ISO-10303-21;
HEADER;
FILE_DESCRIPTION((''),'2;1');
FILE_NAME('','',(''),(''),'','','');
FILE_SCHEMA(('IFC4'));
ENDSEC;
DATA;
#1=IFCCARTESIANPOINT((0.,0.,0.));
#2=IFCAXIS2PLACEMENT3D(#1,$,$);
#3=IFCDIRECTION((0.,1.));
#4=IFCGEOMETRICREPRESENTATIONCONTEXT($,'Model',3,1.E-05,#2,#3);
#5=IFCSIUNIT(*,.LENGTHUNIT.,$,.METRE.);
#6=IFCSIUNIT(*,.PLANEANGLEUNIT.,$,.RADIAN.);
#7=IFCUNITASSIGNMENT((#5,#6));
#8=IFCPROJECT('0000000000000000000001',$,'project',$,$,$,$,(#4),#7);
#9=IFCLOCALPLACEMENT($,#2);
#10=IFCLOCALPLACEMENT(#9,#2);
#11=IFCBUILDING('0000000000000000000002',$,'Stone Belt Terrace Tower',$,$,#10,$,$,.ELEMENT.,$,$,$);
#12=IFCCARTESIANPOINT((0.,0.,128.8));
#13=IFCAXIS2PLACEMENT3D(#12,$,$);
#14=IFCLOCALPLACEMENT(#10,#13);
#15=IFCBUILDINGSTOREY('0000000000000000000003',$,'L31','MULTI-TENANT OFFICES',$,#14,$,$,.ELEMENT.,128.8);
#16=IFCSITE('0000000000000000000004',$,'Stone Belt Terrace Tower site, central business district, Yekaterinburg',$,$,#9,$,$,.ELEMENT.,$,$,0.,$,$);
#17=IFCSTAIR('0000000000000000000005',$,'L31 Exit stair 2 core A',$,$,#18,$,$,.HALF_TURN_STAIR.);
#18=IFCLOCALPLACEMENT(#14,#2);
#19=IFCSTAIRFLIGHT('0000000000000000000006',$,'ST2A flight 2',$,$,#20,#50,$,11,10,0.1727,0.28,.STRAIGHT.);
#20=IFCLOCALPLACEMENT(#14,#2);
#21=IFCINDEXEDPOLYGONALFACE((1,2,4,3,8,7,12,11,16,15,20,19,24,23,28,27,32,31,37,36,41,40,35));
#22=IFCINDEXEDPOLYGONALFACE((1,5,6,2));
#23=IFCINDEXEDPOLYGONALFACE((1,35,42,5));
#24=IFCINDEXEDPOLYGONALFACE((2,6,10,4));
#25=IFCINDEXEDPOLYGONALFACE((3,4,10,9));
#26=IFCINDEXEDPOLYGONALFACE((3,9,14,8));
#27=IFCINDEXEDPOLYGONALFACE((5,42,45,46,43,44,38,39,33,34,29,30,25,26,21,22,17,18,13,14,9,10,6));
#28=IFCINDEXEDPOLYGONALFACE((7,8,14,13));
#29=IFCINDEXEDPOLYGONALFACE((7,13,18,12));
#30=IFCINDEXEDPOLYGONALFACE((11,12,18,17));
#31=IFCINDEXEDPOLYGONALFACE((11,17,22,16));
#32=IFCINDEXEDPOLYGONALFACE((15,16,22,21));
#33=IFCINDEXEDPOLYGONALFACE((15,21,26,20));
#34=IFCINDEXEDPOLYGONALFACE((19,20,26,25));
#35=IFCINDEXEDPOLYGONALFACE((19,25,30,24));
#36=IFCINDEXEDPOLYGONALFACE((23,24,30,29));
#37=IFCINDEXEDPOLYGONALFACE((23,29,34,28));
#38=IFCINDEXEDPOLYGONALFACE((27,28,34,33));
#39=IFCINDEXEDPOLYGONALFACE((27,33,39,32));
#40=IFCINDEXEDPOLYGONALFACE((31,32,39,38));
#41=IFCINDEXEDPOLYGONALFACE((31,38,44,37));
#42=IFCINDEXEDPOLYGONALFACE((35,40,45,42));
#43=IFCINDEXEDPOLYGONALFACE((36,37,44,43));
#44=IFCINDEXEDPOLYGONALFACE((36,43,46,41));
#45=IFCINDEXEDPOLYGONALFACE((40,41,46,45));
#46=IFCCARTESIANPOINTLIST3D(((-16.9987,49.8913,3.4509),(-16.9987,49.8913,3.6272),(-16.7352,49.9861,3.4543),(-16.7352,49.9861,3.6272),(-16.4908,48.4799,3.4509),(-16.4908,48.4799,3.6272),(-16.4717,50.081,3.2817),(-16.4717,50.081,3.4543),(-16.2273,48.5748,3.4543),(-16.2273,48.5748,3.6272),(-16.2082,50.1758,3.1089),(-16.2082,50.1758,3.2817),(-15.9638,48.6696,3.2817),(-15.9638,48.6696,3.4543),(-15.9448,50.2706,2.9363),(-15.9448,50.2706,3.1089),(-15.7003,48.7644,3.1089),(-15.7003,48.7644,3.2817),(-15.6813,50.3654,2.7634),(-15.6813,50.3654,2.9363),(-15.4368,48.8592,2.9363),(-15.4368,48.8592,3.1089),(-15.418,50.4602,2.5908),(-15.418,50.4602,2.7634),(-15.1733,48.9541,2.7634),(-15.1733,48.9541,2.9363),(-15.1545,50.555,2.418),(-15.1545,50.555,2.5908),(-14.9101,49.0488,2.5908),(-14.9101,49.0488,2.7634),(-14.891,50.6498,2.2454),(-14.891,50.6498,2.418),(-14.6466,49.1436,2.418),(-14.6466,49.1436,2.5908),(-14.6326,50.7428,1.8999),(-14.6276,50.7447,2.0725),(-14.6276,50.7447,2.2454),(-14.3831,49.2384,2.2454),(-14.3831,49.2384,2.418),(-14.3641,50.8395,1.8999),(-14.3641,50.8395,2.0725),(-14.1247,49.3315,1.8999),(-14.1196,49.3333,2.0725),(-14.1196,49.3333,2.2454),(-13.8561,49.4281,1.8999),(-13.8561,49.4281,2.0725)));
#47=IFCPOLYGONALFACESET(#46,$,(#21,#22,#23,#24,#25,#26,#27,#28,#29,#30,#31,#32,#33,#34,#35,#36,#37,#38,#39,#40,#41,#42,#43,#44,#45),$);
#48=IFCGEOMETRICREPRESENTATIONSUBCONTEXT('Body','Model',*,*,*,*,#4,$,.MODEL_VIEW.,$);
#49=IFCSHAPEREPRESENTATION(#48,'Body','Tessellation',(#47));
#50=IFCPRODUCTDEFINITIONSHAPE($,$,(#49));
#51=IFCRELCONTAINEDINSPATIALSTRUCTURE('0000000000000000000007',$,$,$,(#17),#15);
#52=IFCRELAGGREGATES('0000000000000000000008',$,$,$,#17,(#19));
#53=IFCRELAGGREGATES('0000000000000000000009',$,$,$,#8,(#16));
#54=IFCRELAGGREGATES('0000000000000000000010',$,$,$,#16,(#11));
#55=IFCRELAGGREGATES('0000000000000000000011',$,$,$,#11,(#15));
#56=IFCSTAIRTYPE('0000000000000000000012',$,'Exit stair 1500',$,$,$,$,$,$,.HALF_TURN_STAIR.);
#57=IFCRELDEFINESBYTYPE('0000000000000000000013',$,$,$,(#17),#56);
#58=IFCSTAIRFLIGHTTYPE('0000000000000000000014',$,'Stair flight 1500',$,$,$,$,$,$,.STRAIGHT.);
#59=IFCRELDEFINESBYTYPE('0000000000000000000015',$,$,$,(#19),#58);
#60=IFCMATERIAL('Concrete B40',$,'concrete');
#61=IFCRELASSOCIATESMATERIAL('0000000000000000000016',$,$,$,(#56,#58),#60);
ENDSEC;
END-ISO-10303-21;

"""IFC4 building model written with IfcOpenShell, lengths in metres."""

from ifc_helpers import new_model, si_unit, direction, frame, origin, place, context, subcontext, project, spatial, polyline, outline, extrude, material, type_object, element, aggregate, save


model = new_model("IFC4")

# Units and contexts
model_context = context("Model", 3, precision=1e-05, world=origin(), true_north=direction((0.0, 1.0)))
body_context = subcontext(model_context, "Body", "Model", "MODEL_VIEW")
ifc_project = project(units=[si_unit("LENGTHUNIT", "METRE"), si_unit("PLANEANGLEUNIT", "RADIAN")], contexts=[model_context])

# Site, building, storey
site_placement = place(None, origin())
site = spatial("IfcSite", under=ifc_project, at=site_placement, Name="Stone Belt Terrace Tower site, central business district, Yekaterinburg", CompositionType="ELEMENT", RefElevation=0.0)
building_placement = place(site_placement, origin())
building = spatial("IfcBuilding", under=site, at=building_placement, Name="Stone Belt Terrace Tower", CompositionType="ELEMENT")
storey_placement = place(building_placement, frame((0.0, 0.0, 128.8)))
storey = spatial("IfcBuildingStorey", under=building, at=storey_placement, Name="L31", Description="MULTI-TENANT OFFICES", CompositionType="ELEMENT", Elevation=128.8)

# Stair, stair flight
ifc_material_1 = material(Name="Concrete B40", Category="concrete")
stair_type = type_object("IfcStairType", Name="Exit stair 1500", PredefinedType="HALF_TURN_STAIR", material=ifc_material_1)
stair_placement = place(storey_placement, origin())
stair = element("IfcStair", 1, at=stair_placement, inside=storey, type_object=stair_type, Name="L31 Exit stair 2 core A", PredefinedType="HALF_TURN_STAIR")
stair_flight_type = type_object("IfcStairFlightType", Name="Stair flight 1500", PredefinedType="STRAIGHT", material=ifc_material_1)
stair_flight_1_placement = place(storey_placement, frame((-14.1101, 50.1338, 1.8999), z_axis=(0.0, 0.0, 1.0), x_axis=(-0.940922, -0.338624, 0.0)))
stair_flight_1 = element("IfcStairFlight", 2, at=stair_flight_1_placement, type_object=stair_flight_type, Name="ST2A flight 2", NumberOfRisers=11, NumberOfTreads=10, PredefinedType="STRAIGHT", RiserHeight=0.1727, TreadLength=0.28, context=body_context, shape_type="SweptSolid", body=[
    extrude(outline(polyline([(0.0, 0.0), (0.0, 0.1726), (0.28, 0.1726), (0.28, 0.3455), (0.5601, 0.3455), (0.5601, 0.5181), (0.8401, 0.5181), (0.8401, 0.6909), (1.1201, 0.6909), (1.1201, 0.8635), (1.3999, 0.8635), (1.3999, 1.0364), (1.6799, 1.0364), (1.6799, 1.209), (1.96, 1.209), (1.96, 1.3818), (2.24, 1.3818), (2.24, 1.5544), (2.52, 1.5544), (2.52, 1.7273), (2.8, 1.7273), (2.8, 1.8999), (2.8, 1.551), (0.2854, 0.0), (0.0, 0.0)])), frame((0.0, 0.75, 0.0), z_axis=(0.0, -1.0, 0.0), x_axis=(1.0, 0.0, 0.0)), (0.0, 0.0, 1.0), 1.5),
])
aggregate(stair, [stair_flight_1])

save(model, "model.ifc")
